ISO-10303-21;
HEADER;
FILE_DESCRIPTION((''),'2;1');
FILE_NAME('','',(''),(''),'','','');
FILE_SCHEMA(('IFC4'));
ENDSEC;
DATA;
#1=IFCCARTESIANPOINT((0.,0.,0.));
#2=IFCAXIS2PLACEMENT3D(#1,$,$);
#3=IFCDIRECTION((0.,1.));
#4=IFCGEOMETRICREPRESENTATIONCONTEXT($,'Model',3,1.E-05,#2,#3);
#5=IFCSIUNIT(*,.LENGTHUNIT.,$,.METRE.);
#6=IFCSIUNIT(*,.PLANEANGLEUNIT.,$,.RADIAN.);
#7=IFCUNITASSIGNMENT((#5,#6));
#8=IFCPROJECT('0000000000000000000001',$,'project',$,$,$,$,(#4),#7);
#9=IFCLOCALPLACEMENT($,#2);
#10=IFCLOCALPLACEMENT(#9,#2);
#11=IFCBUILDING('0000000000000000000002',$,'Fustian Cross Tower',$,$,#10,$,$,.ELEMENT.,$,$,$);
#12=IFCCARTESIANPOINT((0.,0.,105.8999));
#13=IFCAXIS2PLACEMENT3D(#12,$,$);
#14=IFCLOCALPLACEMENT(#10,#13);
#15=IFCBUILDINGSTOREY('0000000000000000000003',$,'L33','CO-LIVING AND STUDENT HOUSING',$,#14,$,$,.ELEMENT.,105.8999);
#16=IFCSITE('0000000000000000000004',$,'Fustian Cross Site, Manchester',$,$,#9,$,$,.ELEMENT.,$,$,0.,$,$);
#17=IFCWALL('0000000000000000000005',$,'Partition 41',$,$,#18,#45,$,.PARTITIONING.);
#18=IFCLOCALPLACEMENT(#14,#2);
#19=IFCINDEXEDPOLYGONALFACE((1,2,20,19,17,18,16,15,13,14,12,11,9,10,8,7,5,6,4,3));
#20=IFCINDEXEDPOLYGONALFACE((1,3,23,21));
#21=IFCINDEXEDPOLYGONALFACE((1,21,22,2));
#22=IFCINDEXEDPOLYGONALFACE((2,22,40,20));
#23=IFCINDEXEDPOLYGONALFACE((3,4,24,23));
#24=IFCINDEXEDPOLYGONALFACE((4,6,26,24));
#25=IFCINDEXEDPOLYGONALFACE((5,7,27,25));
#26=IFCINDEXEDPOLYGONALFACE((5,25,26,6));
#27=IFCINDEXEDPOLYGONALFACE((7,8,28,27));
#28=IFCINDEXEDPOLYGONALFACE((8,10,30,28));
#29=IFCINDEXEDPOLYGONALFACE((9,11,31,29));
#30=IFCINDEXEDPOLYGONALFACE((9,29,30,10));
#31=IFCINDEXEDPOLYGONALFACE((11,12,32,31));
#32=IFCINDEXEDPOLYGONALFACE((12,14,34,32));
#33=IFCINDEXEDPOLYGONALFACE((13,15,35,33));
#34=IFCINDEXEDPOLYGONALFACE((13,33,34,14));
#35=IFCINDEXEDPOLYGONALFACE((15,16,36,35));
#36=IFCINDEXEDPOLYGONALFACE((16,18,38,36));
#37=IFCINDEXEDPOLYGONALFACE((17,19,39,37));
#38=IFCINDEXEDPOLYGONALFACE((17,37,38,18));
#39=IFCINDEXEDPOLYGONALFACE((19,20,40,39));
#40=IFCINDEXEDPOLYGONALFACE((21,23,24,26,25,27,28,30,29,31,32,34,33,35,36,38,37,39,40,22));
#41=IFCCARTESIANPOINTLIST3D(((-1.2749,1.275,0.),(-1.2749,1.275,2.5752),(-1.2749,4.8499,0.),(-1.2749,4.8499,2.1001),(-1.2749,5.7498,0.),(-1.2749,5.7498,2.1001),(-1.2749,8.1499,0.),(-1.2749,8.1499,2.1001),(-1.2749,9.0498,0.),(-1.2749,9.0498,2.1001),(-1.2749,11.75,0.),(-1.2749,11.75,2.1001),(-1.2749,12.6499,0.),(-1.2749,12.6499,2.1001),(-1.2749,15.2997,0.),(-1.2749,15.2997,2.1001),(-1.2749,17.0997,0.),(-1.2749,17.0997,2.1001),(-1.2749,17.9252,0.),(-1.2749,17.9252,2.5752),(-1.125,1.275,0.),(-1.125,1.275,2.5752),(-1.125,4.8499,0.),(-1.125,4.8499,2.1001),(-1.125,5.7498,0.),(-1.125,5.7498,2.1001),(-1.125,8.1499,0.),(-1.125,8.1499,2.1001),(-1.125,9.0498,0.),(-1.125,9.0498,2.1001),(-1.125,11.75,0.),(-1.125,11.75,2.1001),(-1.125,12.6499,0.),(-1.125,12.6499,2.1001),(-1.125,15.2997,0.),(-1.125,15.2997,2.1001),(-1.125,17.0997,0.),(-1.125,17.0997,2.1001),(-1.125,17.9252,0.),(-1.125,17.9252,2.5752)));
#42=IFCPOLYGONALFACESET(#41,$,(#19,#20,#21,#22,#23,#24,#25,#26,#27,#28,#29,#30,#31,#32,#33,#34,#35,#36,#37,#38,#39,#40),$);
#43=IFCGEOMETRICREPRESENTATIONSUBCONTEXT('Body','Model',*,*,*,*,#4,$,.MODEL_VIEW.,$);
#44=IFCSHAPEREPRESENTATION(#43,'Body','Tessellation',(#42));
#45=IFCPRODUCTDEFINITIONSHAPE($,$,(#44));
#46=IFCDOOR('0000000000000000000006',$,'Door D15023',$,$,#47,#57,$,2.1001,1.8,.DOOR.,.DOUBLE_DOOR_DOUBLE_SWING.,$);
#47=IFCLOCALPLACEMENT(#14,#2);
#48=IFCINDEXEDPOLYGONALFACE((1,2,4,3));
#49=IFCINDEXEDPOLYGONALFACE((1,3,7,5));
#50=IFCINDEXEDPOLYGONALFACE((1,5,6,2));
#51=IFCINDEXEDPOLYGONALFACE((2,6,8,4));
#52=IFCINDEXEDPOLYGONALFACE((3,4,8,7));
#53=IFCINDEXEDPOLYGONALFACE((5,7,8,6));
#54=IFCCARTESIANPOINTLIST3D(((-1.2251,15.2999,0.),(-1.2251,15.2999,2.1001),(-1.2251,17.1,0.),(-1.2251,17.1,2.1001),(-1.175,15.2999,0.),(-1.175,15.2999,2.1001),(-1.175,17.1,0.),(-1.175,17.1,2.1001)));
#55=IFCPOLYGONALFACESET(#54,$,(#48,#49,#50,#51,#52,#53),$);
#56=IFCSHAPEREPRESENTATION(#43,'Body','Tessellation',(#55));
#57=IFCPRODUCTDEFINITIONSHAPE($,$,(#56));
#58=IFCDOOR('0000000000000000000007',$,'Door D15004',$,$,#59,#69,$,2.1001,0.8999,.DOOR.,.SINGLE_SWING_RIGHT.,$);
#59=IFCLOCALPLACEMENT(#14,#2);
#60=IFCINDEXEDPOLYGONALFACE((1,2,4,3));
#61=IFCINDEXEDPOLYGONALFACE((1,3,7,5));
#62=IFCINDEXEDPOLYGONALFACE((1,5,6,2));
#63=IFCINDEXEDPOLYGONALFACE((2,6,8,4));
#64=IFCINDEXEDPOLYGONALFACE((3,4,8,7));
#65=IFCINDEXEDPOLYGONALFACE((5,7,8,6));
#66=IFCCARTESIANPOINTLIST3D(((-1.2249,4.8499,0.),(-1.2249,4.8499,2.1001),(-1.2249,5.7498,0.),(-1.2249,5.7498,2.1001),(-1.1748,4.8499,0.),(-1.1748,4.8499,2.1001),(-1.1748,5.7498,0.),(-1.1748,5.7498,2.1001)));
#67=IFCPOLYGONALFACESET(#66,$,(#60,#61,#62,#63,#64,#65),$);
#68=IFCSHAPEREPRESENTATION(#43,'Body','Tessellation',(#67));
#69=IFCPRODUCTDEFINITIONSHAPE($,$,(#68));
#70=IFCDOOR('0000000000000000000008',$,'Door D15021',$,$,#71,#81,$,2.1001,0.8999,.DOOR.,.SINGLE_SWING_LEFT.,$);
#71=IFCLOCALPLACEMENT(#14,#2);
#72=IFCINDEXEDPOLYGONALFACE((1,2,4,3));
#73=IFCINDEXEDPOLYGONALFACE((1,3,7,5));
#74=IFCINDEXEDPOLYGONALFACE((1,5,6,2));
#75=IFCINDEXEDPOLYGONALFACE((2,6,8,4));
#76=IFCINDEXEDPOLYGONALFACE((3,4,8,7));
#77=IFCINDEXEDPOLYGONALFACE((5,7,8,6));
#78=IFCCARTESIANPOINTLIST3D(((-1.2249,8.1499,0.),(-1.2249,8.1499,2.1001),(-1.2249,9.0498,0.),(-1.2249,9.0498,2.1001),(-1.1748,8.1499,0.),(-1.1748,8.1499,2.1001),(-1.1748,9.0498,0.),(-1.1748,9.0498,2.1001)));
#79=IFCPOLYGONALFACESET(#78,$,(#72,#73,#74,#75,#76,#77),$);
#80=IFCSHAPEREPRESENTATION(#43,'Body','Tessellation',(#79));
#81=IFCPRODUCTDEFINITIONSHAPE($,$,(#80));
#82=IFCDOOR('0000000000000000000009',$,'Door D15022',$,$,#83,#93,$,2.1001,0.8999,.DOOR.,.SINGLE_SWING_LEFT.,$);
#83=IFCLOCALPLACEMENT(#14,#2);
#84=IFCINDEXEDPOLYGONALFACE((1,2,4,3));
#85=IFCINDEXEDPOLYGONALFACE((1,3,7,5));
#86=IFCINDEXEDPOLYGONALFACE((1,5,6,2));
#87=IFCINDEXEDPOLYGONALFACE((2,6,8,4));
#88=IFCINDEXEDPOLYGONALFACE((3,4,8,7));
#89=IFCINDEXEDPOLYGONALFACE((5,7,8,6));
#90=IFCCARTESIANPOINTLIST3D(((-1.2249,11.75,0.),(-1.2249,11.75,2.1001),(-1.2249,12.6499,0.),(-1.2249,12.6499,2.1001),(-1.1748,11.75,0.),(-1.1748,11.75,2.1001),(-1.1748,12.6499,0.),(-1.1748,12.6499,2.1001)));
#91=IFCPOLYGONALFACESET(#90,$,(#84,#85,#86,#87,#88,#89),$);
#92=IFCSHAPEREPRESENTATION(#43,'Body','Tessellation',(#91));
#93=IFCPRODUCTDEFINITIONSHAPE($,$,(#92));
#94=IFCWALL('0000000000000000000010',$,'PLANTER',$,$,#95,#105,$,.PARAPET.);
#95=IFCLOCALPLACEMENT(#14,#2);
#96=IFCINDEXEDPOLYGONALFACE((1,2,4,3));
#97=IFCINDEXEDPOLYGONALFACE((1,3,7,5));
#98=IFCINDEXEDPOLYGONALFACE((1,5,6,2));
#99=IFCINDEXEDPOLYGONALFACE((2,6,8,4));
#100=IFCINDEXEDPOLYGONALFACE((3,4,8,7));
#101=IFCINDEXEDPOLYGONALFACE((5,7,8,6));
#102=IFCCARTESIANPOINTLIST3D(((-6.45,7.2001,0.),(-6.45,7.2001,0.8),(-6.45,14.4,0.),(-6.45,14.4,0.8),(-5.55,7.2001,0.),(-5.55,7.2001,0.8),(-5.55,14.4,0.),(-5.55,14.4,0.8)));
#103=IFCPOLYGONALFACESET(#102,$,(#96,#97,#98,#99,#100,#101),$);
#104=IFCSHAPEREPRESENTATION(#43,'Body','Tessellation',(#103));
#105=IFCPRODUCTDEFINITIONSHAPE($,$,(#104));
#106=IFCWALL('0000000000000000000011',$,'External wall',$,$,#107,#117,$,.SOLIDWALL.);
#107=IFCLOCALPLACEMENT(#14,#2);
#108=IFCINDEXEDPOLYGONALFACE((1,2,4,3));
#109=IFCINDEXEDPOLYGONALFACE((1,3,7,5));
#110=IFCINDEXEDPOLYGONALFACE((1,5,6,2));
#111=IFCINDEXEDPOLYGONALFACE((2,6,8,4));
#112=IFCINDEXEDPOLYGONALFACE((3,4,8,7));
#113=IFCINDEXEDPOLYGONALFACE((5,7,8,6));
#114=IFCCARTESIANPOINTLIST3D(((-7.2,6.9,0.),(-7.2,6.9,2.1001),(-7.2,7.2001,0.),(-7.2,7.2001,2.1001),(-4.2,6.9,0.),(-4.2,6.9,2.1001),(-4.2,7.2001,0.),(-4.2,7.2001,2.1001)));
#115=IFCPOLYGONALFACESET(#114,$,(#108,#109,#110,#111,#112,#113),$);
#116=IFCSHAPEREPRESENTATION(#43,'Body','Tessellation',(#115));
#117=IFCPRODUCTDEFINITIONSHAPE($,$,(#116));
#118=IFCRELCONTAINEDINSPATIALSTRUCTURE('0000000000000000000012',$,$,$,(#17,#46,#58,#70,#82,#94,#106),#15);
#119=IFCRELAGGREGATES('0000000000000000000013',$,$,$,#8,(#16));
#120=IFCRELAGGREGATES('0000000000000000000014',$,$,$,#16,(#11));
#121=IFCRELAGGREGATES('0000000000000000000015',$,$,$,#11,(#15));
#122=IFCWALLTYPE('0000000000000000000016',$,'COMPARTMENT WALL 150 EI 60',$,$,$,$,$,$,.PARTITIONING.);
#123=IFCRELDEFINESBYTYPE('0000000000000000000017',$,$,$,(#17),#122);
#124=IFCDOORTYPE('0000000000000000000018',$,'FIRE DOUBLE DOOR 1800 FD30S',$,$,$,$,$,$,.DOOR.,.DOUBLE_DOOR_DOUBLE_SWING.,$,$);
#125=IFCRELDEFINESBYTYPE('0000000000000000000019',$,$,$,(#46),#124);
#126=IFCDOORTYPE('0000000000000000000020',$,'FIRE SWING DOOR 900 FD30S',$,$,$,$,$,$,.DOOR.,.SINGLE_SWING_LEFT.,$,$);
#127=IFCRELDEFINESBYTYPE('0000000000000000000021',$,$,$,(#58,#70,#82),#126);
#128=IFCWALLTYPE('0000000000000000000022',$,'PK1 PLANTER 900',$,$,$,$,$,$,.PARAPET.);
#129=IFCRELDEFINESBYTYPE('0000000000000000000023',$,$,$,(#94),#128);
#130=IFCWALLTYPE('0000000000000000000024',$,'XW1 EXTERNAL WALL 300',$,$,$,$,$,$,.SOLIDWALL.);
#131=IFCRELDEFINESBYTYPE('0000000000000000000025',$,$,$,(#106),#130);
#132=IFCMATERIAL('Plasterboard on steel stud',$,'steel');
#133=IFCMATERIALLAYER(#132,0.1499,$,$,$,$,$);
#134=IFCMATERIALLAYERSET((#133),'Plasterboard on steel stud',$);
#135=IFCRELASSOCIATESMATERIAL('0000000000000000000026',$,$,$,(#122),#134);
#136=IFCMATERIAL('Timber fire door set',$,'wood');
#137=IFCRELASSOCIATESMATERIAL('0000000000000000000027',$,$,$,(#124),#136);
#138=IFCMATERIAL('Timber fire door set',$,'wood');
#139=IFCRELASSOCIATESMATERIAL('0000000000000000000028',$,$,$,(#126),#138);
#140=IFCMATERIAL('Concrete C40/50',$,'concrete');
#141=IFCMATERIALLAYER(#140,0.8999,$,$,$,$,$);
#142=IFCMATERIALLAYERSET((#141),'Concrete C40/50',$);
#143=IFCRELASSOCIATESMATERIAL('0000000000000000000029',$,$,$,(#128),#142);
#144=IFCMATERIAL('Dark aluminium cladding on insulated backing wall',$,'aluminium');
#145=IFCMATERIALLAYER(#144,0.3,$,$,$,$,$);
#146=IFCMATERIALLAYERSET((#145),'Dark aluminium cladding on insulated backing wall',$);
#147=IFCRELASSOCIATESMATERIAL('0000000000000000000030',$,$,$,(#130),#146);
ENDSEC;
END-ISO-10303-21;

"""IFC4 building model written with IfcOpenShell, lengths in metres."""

from ifc_helpers import new_model, si_unit, direction, frame, frame_2d, origin, place, context, subcontext, project, spatial, rectangle, extrude, material, layer, layer_set, type_object, element, fill, save


model = new_model("IFC4")

# Units and contexts
model_context = context("Model", 3, precision=1e-05, world=origin(), true_north=direction((0.0, 1.0)))
body_context = subcontext(model_context, "Body", "Model", "MODEL_VIEW")
ifc_project = project(units=[si_unit("LENGTHUNIT", "METRE"), si_unit("PLANEANGLEUNIT", "RADIAN")], contexts=[model_context])

# Site, building, storey
site_placement = place(None, origin())
site = spatial("IfcSite", under=ifc_project, at=site_placement, Name="Fustian Cross Site, Manchester", CompositionType="ELEMENT", RefElevation=0.0)
building_placement = place(site_placement, origin())
building = spatial("IfcBuilding", under=site, at=building_placement, Name="Fustian Cross Tower", CompositionType="ELEMENT")
storey_placement = place(building_placement, frame((0.0, 0.0, 105.8999)))
storey = spatial("IfcBuildingStorey", under=building, at=storey_placement, Name="L33", Description="CO-LIVING AND STUDENT HOUSING", CompositionType="ELEMENT", Elevation=105.8999)

# Wall, openings, doors
ifc_material_1 = material(Name="Plasterboard on steel stud", Category="steel")
ifc_layer_1 = layer(ifc_material_1, 0.1499)
ifc_layer_set_1 = layer_set([ifc_layer_1], Name="Plasterboard on steel stud")
wall_type_1 = type_object("IfcWallType", Name="COMPARTMENT WALL 150 EI 60", PredefinedType="PARTITIONING", material=ifc_layer_set_1)
wall_1_placement = place(storey_placement, frame((-1.2, 1.2749, 0.0), z_axis=(0.0, 0.0, 1.0), x_axis=(0.0, 1.0, 0.0)))
wall_1 = element("IfcWall", 1, at=wall_1_placement, inside=storey, type_object=wall_type_1, Name="Partition 41", PredefinedType="PARTITIONING", context=body_context, shape_type="SweptSolid", body=[
    extrude(rectangle(XDim=16.6501, YDim=0.1499, at=frame_2d((8.3252, 0.0))), origin(), (0.0, 0.0, 1.0), 2.5752),
])
opening_1_placement = place(wall_1_placement, frame((3.575, 0.0, 0.0)))
opening_1 = element("IfcOpeningElement", 2, at=opening_1_placement, cuts=wall_1, PredefinedType="OPENING", context=body_context, shape_type="SweptSolid", body=[
    extrude(rectangle(XDim=0.8999, YDim=2.1001, at=frame_2d((0.45, 1.05))), frame((0.0, 0.085, 0.0), z_axis=(0.0, -1.0, 0.0), x_axis=(1.0, 0.0, 0.0)), (0.0, 0.0, 1.0), 0.1699),
])
opening_2_placement = place(wall_1_placement, frame((6.875, 0.0, 0.0)))
opening_2 = element("IfcOpeningElement", 3, at=opening_2_placement, cuts=wall_1, PredefinedType="OPENING", context=body_context, shape_type="SweptSolid", body=[
    extrude(rectangle(XDim=0.8999, YDim=2.1001, at=frame_2d((0.45, 1.05))), frame((0.0, 0.085, 0.0), z_axis=(0.0, -1.0, 0.0), x_axis=(1.0, 0.0, 0.0)), (0.0, 0.0, 1.0), 0.1699),
])
opening_3_placement = place(wall_1_placement, frame((10.4751, 0.0, 0.0)))
opening_3 = element("IfcOpeningElement", 4, at=opening_3_placement, cuts=wall_1, PredefinedType="OPENING", context=body_context, shape_type="SweptSolid", body=[
    extrude(rectangle(XDim=0.8999, YDim=2.1001, at=frame_2d((0.45, 1.05))), frame((0.0, 0.085, 0.0), z_axis=(0.0, -1.0, 0.0), x_axis=(1.0, 0.0, 0.0)), (0.0, 0.0, 1.0), 0.1699),
])
opening_4_placement = place(wall_1_placement, frame((14.0249, 0.0, 0.0)))
opening_4 = element("IfcOpeningElement", 5, at=opening_4_placement, cuts=wall_1, PredefinedType="OPENING", context=body_context, shape_type="SweptSolid", body=[
    extrude(rectangle(XDim=1.8, YDim=2.1001, at=frame_2d((0.8999, 1.05))), frame((0.0, 0.085, 0.0), z_axis=(0.0, -1.0, 0.0), x_axis=(1.0, 0.0, 0.0)), (0.0, 0.0, 1.0), 0.1699),
])
ifc_material_2 = material(Name="Timber fire door set", Category="wood")
door_type_1 = type_object("IfcDoorType", Name="FIRE DOUBLE DOOR 1800 FD30S", OperationType="DOUBLE_DOOR_DOUBLE_SWING", PredefinedType="DOOR", material=ifc_material_2)
door_1_placement = place(opening_4_placement, frame((1.8, 0.0, 0.0), z_axis=(0.0, 0.0, 1.0), x_axis=(-1.0, 0.0, 0.0)))
door_1 = element("IfcDoor", 6, at=door_1_placement, inside=storey, type_object=door_type_1, Name="Door D15023", OperationType="DOUBLE_DOOR_DOUBLE_SWING", OverallHeight=2.1001, OverallWidth=1.8, PredefinedType="DOOR", context=body_context, shape_type="SweptSolid", body=[
    extrude(rectangle(XDim=1.8, YDim=2.1001, at=frame_2d((0.8999, 1.05))), frame((0.0, 0.0249, 0.0), z_axis=(0.0, -1.0, 0.0), x_axis=(1.0, 0.0, 0.0)), (0.0, 0.0, 1.0), 0.05),
])
fill(opening_4, door_1)
ifc_material_3 = material(Name="Timber fire door set", Category="wood")
door_type_2 = type_object("IfcDoorType", Name="FIRE SWING DOOR 900 FD30S", OperationType="SINGLE_SWING_LEFT", PredefinedType="DOOR", material=ifc_material_3)
door_2_placement = place(opening_1_placement, origin())
door_2 = element("IfcDoor", 7, at=door_2_placement, inside=storey, type_object=door_type_2, Name="Door D15004", OperationType="SINGLE_SWING_RIGHT", OverallHeight=2.1001, OverallWidth=0.8999, PredefinedType="DOOR", context=body_context, shape_type="SweptSolid", body=[
    extrude(rectangle(XDim=0.8999, YDim=2.1001, at=frame_2d((0.45, 1.05))), frame((0.0, 0.0249, 0.0), z_axis=(0.0, -1.0, 0.0), x_axis=(1.0, 0.0, 0.0)), (0.0, 0.0, 1.0), 0.05),
])
fill(opening_1, door_2)
door_3_placement = place(opening_2_placement, origin())
door_3 = element("IfcDoor", 8, at=door_3_placement, inside=storey, type_object=door_type_2, Name="Door D15021", OperationType="SINGLE_SWING_LEFT", OverallHeight=2.1001, OverallWidth=0.8999, PredefinedType="DOOR", context=body_context, shape_type="SweptSolid", body=[
    extrude(rectangle(XDim=0.8999, YDim=2.1001, at=frame_2d((0.45, 1.05))), frame((0.0, 0.0249, 0.0), z_axis=(0.0, -1.0, 0.0), x_axis=(1.0, 0.0, 0.0)), (0.0, 0.0, 1.0), 0.05),
])
fill(opening_2, door_3)
door_4_placement = place(opening_3_placement, origin())
door_4 = element("IfcDoor", 9, at=door_4_placement, inside=storey, type_object=door_type_2, Name="Door D15022", OperationType="SINGLE_SWING_LEFT", OverallHeight=2.1001, OverallWidth=0.8999, PredefinedType="DOOR", context=body_context, shape_type="SweptSolid", body=[
    extrude(rectangle(XDim=0.8999, YDim=2.1001, at=frame_2d((0.45, 1.05))), frame((0.0, 0.0249, 0.0), z_axis=(0.0, -1.0, 0.0), x_axis=(1.0, 0.0, 0.0)), (0.0, 0.0, 1.0), 0.05),
])
fill(opening_3, door_4)

# Walls
ifc_material_4 = material(Name="Concrete C40/50", Category="concrete")
ifc_layer_2 = layer(ifc_material_4, 0.8999)
ifc_layer_set_2 = layer_set([ifc_layer_2], Name="Concrete C40/50")
wall_type_2 = type_object("IfcWallType", Name="PK1 PLANTER 900", PredefinedType="PARAPET", material=ifc_layer_set_2)
wall_2_placement = place(storey_placement, frame((-6.0, 7.2, 0.0), z_axis=(0.0, 0.0, 1.0), x_axis=(0.0, 1.0, 0.0)))
element("IfcWall", 10, at=wall_2_placement, inside=storey, type_object=wall_type_2, Name="PLANTER", PredefinedType="PARAPET", context=body_context, shape_type="SweptSolid", body=[
    extrude(rectangle(XDim=7.2, YDim=0.8999, at=frame_2d((3.6001, 0.0))), origin(), (0.0, 0.0, 1.0), 0.8),
])
ifc_material_5 = material(Name="Dark aluminium cladding on insulated backing wall", Category="aluminium")
ifc_layer_3 = layer(ifc_material_5, 0.3)
ifc_layer_set_3 = layer_set([ifc_layer_3], Name="Dark aluminium cladding on insulated backing wall")
wall_type_3 = type_object("IfcWallType", Name="XW1 EXTERNAL WALL 300", PredefinedType="SOLIDWALL", material=ifc_layer_set_3)
wall_3_placement = place(storey_placement, frame((-4.2, 7.05, 0.0), z_axis=(0.0, 0.0, 1.0), x_axis=(-1.0, 0.0, 0.0)))
element("IfcWall", 11, at=wall_3_placement, inside=storey, type_object=wall_type_3, Name="External wall", PredefinedType="SOLIDWALL", context=body_context, shape_type="SweptSolid", body=[
    extrude(rectangle(XDim=3.0, YDim=0.3, at=frame_2d((1.5, 0.0))), origin(), (0.0, 0.0, 1.0), 2.1001),
])

save(model, "model.ifc")
